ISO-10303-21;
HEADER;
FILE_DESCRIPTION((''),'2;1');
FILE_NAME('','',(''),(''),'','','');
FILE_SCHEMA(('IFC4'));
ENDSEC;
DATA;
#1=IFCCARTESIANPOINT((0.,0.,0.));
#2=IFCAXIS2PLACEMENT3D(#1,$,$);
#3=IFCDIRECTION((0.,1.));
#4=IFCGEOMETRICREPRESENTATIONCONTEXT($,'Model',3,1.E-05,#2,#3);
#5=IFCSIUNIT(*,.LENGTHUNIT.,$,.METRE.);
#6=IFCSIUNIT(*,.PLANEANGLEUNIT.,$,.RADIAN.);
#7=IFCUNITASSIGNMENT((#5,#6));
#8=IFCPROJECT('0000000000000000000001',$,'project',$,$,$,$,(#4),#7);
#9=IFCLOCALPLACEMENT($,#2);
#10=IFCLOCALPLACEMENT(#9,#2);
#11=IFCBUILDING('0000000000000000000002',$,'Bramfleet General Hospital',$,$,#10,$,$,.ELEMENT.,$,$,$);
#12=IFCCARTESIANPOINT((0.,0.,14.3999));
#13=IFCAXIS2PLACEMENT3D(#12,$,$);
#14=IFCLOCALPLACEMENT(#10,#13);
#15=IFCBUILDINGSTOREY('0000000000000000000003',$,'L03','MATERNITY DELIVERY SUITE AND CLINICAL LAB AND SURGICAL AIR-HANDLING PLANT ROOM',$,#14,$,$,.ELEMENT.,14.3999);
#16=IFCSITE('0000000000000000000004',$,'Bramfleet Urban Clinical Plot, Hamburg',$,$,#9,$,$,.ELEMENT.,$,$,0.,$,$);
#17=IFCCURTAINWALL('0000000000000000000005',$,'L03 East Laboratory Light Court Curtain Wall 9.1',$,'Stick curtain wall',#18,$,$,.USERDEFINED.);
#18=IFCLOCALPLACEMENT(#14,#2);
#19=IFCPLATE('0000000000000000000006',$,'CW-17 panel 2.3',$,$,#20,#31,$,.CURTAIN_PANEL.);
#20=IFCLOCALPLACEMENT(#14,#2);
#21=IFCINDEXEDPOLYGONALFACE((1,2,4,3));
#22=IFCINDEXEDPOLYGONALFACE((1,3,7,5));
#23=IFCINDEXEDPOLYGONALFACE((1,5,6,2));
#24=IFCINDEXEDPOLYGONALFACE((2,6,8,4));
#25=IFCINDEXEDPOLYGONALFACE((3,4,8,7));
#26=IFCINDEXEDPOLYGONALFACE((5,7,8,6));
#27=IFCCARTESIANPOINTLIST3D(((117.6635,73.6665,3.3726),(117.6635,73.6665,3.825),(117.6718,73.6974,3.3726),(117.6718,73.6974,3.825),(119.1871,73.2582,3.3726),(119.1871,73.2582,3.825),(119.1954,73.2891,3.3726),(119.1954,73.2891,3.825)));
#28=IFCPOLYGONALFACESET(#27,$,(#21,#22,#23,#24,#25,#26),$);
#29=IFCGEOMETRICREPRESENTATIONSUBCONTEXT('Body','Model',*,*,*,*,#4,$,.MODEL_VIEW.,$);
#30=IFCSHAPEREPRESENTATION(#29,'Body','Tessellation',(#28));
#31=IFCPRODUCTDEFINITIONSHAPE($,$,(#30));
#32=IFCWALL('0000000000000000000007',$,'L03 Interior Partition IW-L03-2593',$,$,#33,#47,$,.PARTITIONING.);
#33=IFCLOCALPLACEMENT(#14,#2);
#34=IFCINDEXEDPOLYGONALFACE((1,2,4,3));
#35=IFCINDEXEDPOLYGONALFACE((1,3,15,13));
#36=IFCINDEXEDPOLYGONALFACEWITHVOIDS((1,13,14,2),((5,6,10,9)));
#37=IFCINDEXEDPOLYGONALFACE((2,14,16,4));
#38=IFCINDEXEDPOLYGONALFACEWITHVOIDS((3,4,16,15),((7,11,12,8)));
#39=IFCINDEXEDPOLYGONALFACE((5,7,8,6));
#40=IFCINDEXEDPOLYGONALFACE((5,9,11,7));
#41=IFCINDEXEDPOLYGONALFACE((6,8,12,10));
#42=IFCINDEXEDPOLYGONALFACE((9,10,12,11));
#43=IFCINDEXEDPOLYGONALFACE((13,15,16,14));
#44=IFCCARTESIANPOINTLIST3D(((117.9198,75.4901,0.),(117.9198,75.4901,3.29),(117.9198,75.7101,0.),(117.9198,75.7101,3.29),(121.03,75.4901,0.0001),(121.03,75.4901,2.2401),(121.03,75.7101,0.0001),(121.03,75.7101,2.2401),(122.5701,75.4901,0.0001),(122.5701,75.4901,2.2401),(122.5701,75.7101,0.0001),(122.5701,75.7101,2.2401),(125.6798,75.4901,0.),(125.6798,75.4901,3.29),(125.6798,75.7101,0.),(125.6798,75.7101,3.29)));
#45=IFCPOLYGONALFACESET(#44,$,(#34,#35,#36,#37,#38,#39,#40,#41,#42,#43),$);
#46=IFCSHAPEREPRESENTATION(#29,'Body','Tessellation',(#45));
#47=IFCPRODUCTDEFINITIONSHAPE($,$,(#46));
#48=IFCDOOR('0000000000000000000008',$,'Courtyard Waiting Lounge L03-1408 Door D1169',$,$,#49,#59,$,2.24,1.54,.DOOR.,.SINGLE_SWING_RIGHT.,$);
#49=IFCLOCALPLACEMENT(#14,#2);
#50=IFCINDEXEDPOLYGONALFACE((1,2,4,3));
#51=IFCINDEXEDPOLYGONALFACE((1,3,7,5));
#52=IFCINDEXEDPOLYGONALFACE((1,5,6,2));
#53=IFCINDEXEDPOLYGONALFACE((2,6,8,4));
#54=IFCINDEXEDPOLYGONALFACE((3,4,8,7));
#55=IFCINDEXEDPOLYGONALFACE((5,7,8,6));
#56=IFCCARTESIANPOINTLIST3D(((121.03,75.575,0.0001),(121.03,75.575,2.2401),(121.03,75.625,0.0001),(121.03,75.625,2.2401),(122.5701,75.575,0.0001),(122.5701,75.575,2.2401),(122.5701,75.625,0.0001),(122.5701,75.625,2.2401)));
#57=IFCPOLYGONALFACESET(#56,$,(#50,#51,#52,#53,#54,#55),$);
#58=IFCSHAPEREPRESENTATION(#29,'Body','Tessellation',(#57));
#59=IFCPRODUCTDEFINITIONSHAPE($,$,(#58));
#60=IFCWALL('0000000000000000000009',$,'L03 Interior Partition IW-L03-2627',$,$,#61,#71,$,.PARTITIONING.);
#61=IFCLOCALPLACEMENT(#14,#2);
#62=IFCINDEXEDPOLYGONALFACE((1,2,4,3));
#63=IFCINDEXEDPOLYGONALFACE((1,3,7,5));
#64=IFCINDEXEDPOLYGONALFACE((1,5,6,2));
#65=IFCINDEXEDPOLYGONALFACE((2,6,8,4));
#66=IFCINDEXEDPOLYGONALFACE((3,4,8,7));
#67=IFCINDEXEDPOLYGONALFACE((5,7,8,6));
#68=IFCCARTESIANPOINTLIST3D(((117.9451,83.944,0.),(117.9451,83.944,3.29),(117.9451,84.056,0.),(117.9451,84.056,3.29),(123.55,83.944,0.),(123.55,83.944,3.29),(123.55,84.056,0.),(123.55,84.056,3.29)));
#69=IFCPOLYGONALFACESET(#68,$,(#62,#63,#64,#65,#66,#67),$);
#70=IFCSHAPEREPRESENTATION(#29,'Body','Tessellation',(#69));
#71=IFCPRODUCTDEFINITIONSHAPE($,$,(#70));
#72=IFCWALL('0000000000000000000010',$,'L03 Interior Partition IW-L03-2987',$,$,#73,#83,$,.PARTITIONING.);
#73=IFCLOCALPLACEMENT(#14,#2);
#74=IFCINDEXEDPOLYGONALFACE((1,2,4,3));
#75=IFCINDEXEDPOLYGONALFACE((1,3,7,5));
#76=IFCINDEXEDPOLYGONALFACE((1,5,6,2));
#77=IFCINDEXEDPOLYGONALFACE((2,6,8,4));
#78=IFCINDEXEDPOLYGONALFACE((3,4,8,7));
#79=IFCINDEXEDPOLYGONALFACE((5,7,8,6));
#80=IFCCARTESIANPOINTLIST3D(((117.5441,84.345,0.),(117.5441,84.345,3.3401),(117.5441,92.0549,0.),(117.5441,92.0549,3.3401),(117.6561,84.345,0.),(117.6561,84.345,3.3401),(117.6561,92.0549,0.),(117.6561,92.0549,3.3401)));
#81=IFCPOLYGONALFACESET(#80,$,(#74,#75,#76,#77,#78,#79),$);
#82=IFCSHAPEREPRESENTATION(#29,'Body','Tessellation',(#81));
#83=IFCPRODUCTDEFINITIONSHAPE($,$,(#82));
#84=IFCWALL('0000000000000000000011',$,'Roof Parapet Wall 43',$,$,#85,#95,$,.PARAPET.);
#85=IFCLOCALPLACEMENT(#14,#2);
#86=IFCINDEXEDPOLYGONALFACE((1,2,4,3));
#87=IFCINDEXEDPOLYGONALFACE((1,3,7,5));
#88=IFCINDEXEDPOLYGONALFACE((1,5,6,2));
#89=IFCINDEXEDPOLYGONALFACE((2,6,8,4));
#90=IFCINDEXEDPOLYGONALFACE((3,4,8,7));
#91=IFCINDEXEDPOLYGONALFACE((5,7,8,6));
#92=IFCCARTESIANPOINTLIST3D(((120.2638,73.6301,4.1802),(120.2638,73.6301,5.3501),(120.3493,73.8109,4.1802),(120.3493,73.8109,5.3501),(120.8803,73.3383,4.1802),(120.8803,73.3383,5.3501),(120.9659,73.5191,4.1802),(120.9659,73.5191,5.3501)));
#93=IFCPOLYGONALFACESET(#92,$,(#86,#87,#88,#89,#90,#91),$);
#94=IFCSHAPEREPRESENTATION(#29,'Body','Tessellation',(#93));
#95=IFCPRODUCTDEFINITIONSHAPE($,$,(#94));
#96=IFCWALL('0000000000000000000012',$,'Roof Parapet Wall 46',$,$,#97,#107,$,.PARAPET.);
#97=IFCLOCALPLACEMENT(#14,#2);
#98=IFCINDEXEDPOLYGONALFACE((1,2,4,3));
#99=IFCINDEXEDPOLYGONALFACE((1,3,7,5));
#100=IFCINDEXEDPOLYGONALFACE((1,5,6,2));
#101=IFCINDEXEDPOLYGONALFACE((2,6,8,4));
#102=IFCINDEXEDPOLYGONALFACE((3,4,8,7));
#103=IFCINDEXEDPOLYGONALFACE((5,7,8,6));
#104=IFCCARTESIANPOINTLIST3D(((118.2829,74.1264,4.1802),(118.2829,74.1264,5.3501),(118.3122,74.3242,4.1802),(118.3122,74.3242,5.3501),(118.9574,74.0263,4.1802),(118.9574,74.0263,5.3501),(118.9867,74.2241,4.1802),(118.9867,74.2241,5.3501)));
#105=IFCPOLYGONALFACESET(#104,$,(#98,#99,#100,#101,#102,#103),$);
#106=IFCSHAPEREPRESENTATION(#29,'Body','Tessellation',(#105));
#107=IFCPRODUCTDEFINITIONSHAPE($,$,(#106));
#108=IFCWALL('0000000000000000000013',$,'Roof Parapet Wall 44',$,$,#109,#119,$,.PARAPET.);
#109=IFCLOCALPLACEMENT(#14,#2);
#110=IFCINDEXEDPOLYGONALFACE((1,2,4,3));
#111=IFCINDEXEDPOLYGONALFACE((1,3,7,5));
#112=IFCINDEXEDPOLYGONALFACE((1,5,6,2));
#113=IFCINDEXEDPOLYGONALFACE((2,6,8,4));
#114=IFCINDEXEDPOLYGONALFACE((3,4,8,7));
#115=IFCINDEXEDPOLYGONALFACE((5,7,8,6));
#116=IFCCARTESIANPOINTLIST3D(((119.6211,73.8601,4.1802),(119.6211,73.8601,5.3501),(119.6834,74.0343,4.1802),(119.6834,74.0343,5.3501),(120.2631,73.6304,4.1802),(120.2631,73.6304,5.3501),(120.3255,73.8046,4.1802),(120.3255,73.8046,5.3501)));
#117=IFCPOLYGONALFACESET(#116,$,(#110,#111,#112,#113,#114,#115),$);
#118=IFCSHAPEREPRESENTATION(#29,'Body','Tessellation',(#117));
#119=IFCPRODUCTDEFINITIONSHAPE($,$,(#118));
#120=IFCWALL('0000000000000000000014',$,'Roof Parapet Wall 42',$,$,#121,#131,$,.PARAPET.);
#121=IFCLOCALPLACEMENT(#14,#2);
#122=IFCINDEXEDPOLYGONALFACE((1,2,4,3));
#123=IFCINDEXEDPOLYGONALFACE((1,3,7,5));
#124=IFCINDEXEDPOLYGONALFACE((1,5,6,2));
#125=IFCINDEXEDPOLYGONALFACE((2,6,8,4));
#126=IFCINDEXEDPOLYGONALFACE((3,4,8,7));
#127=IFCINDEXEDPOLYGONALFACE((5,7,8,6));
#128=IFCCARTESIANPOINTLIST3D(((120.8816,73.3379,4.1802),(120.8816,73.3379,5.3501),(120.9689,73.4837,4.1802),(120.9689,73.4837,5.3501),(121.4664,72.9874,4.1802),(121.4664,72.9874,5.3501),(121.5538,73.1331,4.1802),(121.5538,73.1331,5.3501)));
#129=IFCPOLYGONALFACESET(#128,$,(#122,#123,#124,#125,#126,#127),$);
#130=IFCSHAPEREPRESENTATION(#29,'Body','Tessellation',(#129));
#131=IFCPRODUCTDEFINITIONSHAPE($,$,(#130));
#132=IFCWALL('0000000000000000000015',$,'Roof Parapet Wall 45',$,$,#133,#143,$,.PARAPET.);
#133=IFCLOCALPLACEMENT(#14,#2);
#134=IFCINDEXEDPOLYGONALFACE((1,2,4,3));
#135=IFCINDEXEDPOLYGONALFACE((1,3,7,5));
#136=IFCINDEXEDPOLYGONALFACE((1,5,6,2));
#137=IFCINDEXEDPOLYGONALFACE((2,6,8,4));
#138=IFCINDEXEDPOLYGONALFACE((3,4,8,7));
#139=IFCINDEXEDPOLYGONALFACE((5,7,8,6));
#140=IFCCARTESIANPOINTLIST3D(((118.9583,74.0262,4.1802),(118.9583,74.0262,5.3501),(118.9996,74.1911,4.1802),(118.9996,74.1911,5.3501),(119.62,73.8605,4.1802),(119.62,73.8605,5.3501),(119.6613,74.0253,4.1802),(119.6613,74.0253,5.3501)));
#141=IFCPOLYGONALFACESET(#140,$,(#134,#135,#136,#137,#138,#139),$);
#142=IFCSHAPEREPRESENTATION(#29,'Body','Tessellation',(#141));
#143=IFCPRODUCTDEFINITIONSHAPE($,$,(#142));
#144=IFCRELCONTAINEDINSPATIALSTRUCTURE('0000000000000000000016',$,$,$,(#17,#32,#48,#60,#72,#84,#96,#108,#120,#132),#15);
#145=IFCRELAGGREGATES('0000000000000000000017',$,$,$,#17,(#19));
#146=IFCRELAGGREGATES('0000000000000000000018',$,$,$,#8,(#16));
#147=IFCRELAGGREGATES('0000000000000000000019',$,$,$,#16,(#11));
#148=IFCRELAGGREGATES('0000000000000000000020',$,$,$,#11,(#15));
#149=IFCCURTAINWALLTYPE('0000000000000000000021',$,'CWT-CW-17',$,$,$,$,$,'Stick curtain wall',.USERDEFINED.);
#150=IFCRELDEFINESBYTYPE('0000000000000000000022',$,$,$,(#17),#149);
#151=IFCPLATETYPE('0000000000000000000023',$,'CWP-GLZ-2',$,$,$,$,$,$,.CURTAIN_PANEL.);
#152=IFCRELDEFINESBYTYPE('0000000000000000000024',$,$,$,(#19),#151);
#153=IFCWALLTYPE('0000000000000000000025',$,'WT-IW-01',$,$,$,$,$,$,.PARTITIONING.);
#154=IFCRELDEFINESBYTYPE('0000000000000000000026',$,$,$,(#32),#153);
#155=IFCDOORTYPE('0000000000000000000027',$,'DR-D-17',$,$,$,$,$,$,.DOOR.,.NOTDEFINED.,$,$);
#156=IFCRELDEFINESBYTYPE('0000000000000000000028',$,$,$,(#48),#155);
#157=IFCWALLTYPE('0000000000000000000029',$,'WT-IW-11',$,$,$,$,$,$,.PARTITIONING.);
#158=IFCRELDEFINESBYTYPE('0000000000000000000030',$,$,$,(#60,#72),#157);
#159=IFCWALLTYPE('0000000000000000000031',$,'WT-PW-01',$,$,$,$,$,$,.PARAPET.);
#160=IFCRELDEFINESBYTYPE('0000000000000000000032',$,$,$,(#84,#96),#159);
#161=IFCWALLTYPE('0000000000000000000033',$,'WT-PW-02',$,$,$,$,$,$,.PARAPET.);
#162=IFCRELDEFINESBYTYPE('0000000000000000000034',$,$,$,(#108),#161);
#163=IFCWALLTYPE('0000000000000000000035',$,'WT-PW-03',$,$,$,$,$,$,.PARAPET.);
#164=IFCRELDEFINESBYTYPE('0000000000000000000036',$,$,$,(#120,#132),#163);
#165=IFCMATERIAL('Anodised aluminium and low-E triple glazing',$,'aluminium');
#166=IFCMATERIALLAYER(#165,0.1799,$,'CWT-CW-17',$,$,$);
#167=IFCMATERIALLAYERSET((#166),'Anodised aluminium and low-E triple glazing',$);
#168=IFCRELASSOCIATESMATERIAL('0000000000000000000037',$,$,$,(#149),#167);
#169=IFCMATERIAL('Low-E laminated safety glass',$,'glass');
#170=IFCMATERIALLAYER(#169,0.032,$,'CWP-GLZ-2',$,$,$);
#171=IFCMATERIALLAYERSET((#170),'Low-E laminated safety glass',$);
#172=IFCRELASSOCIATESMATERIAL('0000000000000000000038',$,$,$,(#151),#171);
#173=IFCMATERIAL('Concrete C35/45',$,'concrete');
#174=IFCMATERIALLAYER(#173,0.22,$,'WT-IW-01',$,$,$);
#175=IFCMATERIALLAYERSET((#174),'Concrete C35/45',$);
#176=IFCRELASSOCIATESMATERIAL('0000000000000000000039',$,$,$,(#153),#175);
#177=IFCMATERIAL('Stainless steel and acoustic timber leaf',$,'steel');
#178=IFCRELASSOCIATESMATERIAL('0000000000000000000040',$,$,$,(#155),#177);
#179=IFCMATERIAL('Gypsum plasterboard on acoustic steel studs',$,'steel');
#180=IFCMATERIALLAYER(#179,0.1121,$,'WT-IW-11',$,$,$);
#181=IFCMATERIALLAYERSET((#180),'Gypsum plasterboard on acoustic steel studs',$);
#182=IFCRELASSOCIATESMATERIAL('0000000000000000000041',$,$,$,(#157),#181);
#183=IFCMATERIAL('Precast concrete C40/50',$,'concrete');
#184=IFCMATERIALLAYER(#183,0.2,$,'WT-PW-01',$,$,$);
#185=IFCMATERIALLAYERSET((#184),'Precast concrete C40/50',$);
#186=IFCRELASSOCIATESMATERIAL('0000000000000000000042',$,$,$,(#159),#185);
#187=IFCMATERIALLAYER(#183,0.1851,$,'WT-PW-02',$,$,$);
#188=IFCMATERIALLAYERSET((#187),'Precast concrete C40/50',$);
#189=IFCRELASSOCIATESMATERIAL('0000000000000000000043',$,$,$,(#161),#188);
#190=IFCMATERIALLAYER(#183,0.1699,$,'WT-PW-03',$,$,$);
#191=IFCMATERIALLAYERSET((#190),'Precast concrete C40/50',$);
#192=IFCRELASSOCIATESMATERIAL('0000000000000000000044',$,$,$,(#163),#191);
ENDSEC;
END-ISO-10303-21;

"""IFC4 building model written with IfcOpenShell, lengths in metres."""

from ifc_helpers import new_model, si_unit, direction, frame, frame_2d, origin, origin_2d, place, context, subcontext, project, spatial, rectangle, extrude, material, layer, layer_set, type_object, element, fill, aggregate, save


model = new_model("IFC4")

# Units and contexts
model_context = context("Model", 3, precision=1e-05, world=origin(), true_north=direction((0.0, 1.0)))
body_context = subcontext(model_context, "Body", "Model", "MODEL_VIEW")
ifc_project = project(units=[si_unit("LENGTHUNIT", "METRE"), si_unit("PLANEANGLEUNIT", "RADIAN")], contexts=[model_context])

# Site, building, storey
site_placement = place(None, origin())
site = spatial("IfcSite", under=ifc_project, at=site_placement, Name="Bramfleet Urban Clinical Plot, Hamburg", CompositionType="ELEMENT", RefElevation=0.0)
building_placement = place(site_placement, origin())
building = spatial("IfcBuilding", under=site, at=building_placement, Name="Bramfleet General Hospital", CompositionType="ELEMENT")
storey_placement = place(building_placement, frame((0.0, 0.0, 14.3999)))
storey = spatial("IfcBuildingStorey", under=building, at=storey_placement, Name="L03", Description="MATERNITY DELIVERY SUITE AND CLINICAL LAB AND SURGICAL AIR-HANDLING PLANT ROOM", CompositionType="ELEMENT", Elevation=14.3999)

# Shared definitions
ifc_material_1 = material(Name="Concrete C35/45", Category="concrete")

# Shared definitions
ifc_material_2 = material(Name="Anodised aluminium and low-E triple glazing", Category="aluminium")

# Curtain wall
ifc_layer_1 = layer(ifc_material_2, 0.1799, Name="CWT-CW-17")
ifc_layer_set_1 = layer_set([ifc_layer_1], Name="Anodised aluminium and low-E triple glazing")
curtain_wall_type_1 = type_object("IfcCurtainWallType", Name="CWT-CW-17", ElementType="Stick curtain wall", PredefinedType="USERDEFINED", material=ifc_layer_set_1)
curtain_wall_1_placement = place(storey_placement, origin())
curtain_wall_1 = element("IfcCurtainWall", 1, at=curtain_wall_1_placement, inside=storey, type_object=curtain_wall_type_1, Name="L03 East Laboratory Light Court Curtain Wall 9.1", ObjectType="Stick curtain wall", PredefinedType="USERDEFINED")

# Plate
ifc_material_3 = material(Name="Low-E laminated safety glass", Category="glass")
ifc_layer_2 = layer(ifc_material_3, 0.032, Name="CWP-GLZ-2")
ifc_layer_set_2 = layer_set([ifc_layer_2], Name="Low-E laminated safety glass")
plate_type = type_object("IfcPlateType", Name="CWP-GLZ-2", PredefinedType="CURTAIN_PANEL", material=ifc_layer_set_2)
plate_1_placement = place(storey_placement, frame((118.4294, 73.4778, 3.3726), z_axis=(0.0, 0.0, 1.0), x_axis=(-0.965914, 0.258865, 0.0)))
plate_1 = element("IfcPlate", 2, at=plate_1_placement, type_object=plate_type, Name="CW-17 panel 2.3", PredefinedType="CURTAIN_PANEL", context=body_context, shape_type="SweptSolid", body=[
    extrude(rectangle(XDim=1.5774, YDim=0.032, at=origin_2d()), origin(), (0.0, 0.0, 1.0), 0.4524),
])
aggregate(curtain_wall_1, [plate_1])

# Wall, opening, door
ifc_layer_3 = layer(ifc_material_1, 0.22, Name="WT-IW-01")
ifc_layer_set_3 = layer_set([ifc_layer_3], Name="Concrete C35/45")
wall_type_1 = type_object("IfcWallType", Name="WT-IW-01", PredefinedType="PARTITIONING", material=ifc_layer_set_3)
wall_1_placement = place(storey_placement, frame((117.9199, 75.6001, 0.0), z_axis=(0.0, 0.0, 1.0), x_axis=(1.0, 0.0, 0.0)))
wall_1 = element("IfcWall", 3, at=wall_1_placement, inside=storey, type_object=wall_type_1, Name="L03 Interior Partition IW-L03-2593", PredefinedType="PARTITIONING", context=body_context, shape_type="SweptSolid", body=[
    extrude(rectangle(XDim=7.76, YDim=0.22, at=frame_2d((3.8799, 0.0))), origin(), (0.0, 0.0, 1.0), 3.29),
])
opening_placement = place(wall_1_placement, frame((3.1101, 0.0, 0.0)))
opening = element("IfcOpeningElement", 4, at=opening_placement, cuts=wall_1, PredefinedType="OPENING", context=body_context, shape_type="SweptSolid", body=[
    extrude(rectangle(XDim=1.54, YDim=2.24, at=frame_2d((0.77, 1.1201))), frame((0.0, 0.1199, 0.0), z_axis=(0.0, -1.0, 0.0), x_axis=(1.0, 0.0, 0.0)), (0.0, 0.0, 1.0), 0.24),
])
ifc_material_4 = material(Name="Stainless steel and acoustic timber leaf", Category="steel")
door_type = type_object("IfcDoorType", Name="DR-D-17", OperationType="NOTDEFINED", PredefinedType="DOOR", material=ifc_material_4)
door_placement = place(opening_placement, origin())
door = element("IfcDoor", 5, at=door_placement, inside=storey, type_object=door_type, Name="Courtyard Waiting Lounge L03-1408 Door D1169", OperationType="SINGLE_SWING_RIGHT", OverallHeight=2.24, OverallWidth=1.54, PredefinedType="DOOR", context=body_context, shape_type="SweptSolid", body=[
    extrude(rectangle(XDim=1.54, YDim=2.24, at=frame_2d((0.77, 1.1201))), frame((0.0, 0.0249, 0.0), z_axis=(0.0, -1.0, 0.0), x_axis=(1.0, 0.0, 0.0)), (0.0, 0.0, 1.0), 0.05),
])
fill(opening, door)

# Walls
ifc_material_5 = material(Name="Gypsum plasterboard on acoustic steel studs", Category="steel")
ifc_layer_4 = layer(ifc_material_5, 0.1121, Name="WT-IW-11")
ifc_layer_set_4 = layer_set([ifc_layer_4], Name="Gypsum plasterboard on acoustic steel studs")
wall_type_2 = type_object("IfcWallType", Name="WT-IW-11", PredefinedType="PARTITIONING", material=ifc_layer_set_4)
wall_2_placement = place(storey_placement, frame((117.9451, 84.0, 0.0), z_axis=(0.0, 0.0, 1.0), x_axis=(1.0, 0.0, 0.0)))
element("IfcWall", 6, at=wall_2_placement, inside=storey, type_object=wall_type_2, Name="L03 Interior Partition IW-L03-2627", PredefinedType="PARTITIONING", context=body_context, shape_type="SweptSolid", body=[
    extrude(rectangle(XDim=5.605, YDim=0.1121, at=frame_2d((2.8025, 0.0))), origin(), (0.0, 0.0, 1.0), 3.29),
])
wall_3_placement = place(storey_placement, frame((117.6001, 84.345, 0.0), z_axis=(0.0, 0.0, 1.0), x_axis=(0.0, 1.0, 0.0)))
element("IfcWall", 7, at=wall_3_placement, inside=storey, type_object=wall_type_2, Name="L03 Interior Partition IW-L03-2987", PredefinedType="PARTITIONING", context=body_context, shape_type="SweptSolid", body=[
    extrude(rectangle(XDim=7.71, YDim=0.1121, at=frame_2d((3.855, 0.0))), origin(), (0.0, 0.0, 1.0), 3.3401),
])
ifc_material_6 = material(Name="Precast concrete C40/50", Category="concrete")
ifc_layer_5 = layer(ifc_material_6, 0.2, Name="WT-PW-01")
ifc_layer_set_5 = layer_set([ifc_layer_5], Name="Precast concrete C40/50")
wall_type_3 = type_object("IfcWallType", Name="WT-PW-01", PredefinedType="PARAPET", material=ifc_layer_set_5)
wall_4_placement = place(storey_placement, frame((120.9231, 73.4287, 4.1802), z_axis=(0.0, 0.0, 1.0), x_axis=(-0.903884, 0.427779, 0.0)))
element("IfcWall", 8, at=wall_4_placement, inside=storey, type_object=wall_type_3, Name="Roof Parapet Wall 43", PredefinedType="PARAPET", context=body_context, shape_type="SweptSolid", body=[
    extrude(rectangle(XDim=0.6821, YDim=0.2, at=frame_2d((0.3411, 0.0))), origin(), (0.0, 0.0, 1.0), 1.1699),
])
wall_5_placement = place(storey_placement, frame((118.9719, 74.1252, 4.1802), z_axis=(0.0, 0.0, 1.0), x_axis=(-0.989169, 0.146782, 0.0)))
element("IfcWall", 9, at=wall_5_placement, inside=storey, type_object=wall_type_3, Name="Roof Parapet Wall 46", PredefinedType="PARAPET", context=body_context, shape_type="SweptSolid", body=[
    extrude(rectangle(XDim=0.6819, YDim=0.2, at=frame_2d((0.3408, 0.0))), origin(), (0.0, 0.0, 1.0), 1.1699),
])
ifc_layer_6 = layer(ifc_material_6, 0.1851, Name="WT-PW-02")
ifc_layer_set_6 = layer_set([ifc_layer_6], Name="Precast concrete C40/50")
wall_type_4 = type_object("IfcWallType", Name="WT-PW-02", PredefinedType="PARAPET", material=ifc_layer_set_6)
wall_6_placement = place(storey_placement, frame((120.2942, 73.7175, 4.1802), z_axis=(0.0, 0.0, 1.0), x_axis=(-0.941547, 0.336881, 0.0)))
element("IfcWall", 10, at=wall_6_placement, inside=storey, type_object=wall_type_4, Name="Roof Parapet Wall 44", PredefinedType="PARAPET", context=body_context, shape_type="SweptSolid", body=[
    extrude(rectangle(XDim=0.6819, YDim=0.1851, at=frame_2d((0.3408, 0.0))), origin(), (0.0, 0.0, 1.0), 1.1699),
])
ifc_layer_7 = layer(ifc_material_6, 0.1699, Name="WT-PW-03")
ifc_layer_set_7 = layer_set([ifc_layer_7], Name="Precast concrete C40/50")
wall_type_5 = type_object("IfcWallType", Name="WT-PW-03", PredefinedType="PARAPET", material=ifc_layer_set_7)
wall_7_placement = place(storey_placement, frame((121.51, 73.0603, 4.1802), z_axis=(0.0, 0.0, 1.0), x_axis=(-0.857746, 0.514075, 0.0)))
element("IfcWall", 11, at=wall_7_placement, inside=storey, type_object=wall_type_5, Name="Roof Parapet Wall 42", PredefinedType="PARAPET", context=body_context, shape_type="SweptSolid", body=[
    extrude(rectangle(XDim=0.6819, YDim=0.1699, at=frame_2d((0.3408, 0.0))), origin(), (0.0, 0.0, 1.0), 1.1699),
])
wall_8_placement = place(storey_placement, frame((119.6406, 73.9429, 4.1802), z_axis=(0.0, 0.0, 1.0), x_axis=(-0.970016, 0.243041, 0.0)))
element("IfcWall", 12, at=wall_8_placement, inside=storey, type_object=wall_type_5, Name="Roof Parapet Wall 45", PredefinedType="PARAPET", context=body_context, shape_type="SweptSolid", body=[
    extrude(rectangle(XDim=0.6821, YDim=0.1699, at=frame_2d((0.3411, 0.0))), origin(), (0.0, 0.0, 1.0), 1.1699),
])

save(model, "model.ifc")
